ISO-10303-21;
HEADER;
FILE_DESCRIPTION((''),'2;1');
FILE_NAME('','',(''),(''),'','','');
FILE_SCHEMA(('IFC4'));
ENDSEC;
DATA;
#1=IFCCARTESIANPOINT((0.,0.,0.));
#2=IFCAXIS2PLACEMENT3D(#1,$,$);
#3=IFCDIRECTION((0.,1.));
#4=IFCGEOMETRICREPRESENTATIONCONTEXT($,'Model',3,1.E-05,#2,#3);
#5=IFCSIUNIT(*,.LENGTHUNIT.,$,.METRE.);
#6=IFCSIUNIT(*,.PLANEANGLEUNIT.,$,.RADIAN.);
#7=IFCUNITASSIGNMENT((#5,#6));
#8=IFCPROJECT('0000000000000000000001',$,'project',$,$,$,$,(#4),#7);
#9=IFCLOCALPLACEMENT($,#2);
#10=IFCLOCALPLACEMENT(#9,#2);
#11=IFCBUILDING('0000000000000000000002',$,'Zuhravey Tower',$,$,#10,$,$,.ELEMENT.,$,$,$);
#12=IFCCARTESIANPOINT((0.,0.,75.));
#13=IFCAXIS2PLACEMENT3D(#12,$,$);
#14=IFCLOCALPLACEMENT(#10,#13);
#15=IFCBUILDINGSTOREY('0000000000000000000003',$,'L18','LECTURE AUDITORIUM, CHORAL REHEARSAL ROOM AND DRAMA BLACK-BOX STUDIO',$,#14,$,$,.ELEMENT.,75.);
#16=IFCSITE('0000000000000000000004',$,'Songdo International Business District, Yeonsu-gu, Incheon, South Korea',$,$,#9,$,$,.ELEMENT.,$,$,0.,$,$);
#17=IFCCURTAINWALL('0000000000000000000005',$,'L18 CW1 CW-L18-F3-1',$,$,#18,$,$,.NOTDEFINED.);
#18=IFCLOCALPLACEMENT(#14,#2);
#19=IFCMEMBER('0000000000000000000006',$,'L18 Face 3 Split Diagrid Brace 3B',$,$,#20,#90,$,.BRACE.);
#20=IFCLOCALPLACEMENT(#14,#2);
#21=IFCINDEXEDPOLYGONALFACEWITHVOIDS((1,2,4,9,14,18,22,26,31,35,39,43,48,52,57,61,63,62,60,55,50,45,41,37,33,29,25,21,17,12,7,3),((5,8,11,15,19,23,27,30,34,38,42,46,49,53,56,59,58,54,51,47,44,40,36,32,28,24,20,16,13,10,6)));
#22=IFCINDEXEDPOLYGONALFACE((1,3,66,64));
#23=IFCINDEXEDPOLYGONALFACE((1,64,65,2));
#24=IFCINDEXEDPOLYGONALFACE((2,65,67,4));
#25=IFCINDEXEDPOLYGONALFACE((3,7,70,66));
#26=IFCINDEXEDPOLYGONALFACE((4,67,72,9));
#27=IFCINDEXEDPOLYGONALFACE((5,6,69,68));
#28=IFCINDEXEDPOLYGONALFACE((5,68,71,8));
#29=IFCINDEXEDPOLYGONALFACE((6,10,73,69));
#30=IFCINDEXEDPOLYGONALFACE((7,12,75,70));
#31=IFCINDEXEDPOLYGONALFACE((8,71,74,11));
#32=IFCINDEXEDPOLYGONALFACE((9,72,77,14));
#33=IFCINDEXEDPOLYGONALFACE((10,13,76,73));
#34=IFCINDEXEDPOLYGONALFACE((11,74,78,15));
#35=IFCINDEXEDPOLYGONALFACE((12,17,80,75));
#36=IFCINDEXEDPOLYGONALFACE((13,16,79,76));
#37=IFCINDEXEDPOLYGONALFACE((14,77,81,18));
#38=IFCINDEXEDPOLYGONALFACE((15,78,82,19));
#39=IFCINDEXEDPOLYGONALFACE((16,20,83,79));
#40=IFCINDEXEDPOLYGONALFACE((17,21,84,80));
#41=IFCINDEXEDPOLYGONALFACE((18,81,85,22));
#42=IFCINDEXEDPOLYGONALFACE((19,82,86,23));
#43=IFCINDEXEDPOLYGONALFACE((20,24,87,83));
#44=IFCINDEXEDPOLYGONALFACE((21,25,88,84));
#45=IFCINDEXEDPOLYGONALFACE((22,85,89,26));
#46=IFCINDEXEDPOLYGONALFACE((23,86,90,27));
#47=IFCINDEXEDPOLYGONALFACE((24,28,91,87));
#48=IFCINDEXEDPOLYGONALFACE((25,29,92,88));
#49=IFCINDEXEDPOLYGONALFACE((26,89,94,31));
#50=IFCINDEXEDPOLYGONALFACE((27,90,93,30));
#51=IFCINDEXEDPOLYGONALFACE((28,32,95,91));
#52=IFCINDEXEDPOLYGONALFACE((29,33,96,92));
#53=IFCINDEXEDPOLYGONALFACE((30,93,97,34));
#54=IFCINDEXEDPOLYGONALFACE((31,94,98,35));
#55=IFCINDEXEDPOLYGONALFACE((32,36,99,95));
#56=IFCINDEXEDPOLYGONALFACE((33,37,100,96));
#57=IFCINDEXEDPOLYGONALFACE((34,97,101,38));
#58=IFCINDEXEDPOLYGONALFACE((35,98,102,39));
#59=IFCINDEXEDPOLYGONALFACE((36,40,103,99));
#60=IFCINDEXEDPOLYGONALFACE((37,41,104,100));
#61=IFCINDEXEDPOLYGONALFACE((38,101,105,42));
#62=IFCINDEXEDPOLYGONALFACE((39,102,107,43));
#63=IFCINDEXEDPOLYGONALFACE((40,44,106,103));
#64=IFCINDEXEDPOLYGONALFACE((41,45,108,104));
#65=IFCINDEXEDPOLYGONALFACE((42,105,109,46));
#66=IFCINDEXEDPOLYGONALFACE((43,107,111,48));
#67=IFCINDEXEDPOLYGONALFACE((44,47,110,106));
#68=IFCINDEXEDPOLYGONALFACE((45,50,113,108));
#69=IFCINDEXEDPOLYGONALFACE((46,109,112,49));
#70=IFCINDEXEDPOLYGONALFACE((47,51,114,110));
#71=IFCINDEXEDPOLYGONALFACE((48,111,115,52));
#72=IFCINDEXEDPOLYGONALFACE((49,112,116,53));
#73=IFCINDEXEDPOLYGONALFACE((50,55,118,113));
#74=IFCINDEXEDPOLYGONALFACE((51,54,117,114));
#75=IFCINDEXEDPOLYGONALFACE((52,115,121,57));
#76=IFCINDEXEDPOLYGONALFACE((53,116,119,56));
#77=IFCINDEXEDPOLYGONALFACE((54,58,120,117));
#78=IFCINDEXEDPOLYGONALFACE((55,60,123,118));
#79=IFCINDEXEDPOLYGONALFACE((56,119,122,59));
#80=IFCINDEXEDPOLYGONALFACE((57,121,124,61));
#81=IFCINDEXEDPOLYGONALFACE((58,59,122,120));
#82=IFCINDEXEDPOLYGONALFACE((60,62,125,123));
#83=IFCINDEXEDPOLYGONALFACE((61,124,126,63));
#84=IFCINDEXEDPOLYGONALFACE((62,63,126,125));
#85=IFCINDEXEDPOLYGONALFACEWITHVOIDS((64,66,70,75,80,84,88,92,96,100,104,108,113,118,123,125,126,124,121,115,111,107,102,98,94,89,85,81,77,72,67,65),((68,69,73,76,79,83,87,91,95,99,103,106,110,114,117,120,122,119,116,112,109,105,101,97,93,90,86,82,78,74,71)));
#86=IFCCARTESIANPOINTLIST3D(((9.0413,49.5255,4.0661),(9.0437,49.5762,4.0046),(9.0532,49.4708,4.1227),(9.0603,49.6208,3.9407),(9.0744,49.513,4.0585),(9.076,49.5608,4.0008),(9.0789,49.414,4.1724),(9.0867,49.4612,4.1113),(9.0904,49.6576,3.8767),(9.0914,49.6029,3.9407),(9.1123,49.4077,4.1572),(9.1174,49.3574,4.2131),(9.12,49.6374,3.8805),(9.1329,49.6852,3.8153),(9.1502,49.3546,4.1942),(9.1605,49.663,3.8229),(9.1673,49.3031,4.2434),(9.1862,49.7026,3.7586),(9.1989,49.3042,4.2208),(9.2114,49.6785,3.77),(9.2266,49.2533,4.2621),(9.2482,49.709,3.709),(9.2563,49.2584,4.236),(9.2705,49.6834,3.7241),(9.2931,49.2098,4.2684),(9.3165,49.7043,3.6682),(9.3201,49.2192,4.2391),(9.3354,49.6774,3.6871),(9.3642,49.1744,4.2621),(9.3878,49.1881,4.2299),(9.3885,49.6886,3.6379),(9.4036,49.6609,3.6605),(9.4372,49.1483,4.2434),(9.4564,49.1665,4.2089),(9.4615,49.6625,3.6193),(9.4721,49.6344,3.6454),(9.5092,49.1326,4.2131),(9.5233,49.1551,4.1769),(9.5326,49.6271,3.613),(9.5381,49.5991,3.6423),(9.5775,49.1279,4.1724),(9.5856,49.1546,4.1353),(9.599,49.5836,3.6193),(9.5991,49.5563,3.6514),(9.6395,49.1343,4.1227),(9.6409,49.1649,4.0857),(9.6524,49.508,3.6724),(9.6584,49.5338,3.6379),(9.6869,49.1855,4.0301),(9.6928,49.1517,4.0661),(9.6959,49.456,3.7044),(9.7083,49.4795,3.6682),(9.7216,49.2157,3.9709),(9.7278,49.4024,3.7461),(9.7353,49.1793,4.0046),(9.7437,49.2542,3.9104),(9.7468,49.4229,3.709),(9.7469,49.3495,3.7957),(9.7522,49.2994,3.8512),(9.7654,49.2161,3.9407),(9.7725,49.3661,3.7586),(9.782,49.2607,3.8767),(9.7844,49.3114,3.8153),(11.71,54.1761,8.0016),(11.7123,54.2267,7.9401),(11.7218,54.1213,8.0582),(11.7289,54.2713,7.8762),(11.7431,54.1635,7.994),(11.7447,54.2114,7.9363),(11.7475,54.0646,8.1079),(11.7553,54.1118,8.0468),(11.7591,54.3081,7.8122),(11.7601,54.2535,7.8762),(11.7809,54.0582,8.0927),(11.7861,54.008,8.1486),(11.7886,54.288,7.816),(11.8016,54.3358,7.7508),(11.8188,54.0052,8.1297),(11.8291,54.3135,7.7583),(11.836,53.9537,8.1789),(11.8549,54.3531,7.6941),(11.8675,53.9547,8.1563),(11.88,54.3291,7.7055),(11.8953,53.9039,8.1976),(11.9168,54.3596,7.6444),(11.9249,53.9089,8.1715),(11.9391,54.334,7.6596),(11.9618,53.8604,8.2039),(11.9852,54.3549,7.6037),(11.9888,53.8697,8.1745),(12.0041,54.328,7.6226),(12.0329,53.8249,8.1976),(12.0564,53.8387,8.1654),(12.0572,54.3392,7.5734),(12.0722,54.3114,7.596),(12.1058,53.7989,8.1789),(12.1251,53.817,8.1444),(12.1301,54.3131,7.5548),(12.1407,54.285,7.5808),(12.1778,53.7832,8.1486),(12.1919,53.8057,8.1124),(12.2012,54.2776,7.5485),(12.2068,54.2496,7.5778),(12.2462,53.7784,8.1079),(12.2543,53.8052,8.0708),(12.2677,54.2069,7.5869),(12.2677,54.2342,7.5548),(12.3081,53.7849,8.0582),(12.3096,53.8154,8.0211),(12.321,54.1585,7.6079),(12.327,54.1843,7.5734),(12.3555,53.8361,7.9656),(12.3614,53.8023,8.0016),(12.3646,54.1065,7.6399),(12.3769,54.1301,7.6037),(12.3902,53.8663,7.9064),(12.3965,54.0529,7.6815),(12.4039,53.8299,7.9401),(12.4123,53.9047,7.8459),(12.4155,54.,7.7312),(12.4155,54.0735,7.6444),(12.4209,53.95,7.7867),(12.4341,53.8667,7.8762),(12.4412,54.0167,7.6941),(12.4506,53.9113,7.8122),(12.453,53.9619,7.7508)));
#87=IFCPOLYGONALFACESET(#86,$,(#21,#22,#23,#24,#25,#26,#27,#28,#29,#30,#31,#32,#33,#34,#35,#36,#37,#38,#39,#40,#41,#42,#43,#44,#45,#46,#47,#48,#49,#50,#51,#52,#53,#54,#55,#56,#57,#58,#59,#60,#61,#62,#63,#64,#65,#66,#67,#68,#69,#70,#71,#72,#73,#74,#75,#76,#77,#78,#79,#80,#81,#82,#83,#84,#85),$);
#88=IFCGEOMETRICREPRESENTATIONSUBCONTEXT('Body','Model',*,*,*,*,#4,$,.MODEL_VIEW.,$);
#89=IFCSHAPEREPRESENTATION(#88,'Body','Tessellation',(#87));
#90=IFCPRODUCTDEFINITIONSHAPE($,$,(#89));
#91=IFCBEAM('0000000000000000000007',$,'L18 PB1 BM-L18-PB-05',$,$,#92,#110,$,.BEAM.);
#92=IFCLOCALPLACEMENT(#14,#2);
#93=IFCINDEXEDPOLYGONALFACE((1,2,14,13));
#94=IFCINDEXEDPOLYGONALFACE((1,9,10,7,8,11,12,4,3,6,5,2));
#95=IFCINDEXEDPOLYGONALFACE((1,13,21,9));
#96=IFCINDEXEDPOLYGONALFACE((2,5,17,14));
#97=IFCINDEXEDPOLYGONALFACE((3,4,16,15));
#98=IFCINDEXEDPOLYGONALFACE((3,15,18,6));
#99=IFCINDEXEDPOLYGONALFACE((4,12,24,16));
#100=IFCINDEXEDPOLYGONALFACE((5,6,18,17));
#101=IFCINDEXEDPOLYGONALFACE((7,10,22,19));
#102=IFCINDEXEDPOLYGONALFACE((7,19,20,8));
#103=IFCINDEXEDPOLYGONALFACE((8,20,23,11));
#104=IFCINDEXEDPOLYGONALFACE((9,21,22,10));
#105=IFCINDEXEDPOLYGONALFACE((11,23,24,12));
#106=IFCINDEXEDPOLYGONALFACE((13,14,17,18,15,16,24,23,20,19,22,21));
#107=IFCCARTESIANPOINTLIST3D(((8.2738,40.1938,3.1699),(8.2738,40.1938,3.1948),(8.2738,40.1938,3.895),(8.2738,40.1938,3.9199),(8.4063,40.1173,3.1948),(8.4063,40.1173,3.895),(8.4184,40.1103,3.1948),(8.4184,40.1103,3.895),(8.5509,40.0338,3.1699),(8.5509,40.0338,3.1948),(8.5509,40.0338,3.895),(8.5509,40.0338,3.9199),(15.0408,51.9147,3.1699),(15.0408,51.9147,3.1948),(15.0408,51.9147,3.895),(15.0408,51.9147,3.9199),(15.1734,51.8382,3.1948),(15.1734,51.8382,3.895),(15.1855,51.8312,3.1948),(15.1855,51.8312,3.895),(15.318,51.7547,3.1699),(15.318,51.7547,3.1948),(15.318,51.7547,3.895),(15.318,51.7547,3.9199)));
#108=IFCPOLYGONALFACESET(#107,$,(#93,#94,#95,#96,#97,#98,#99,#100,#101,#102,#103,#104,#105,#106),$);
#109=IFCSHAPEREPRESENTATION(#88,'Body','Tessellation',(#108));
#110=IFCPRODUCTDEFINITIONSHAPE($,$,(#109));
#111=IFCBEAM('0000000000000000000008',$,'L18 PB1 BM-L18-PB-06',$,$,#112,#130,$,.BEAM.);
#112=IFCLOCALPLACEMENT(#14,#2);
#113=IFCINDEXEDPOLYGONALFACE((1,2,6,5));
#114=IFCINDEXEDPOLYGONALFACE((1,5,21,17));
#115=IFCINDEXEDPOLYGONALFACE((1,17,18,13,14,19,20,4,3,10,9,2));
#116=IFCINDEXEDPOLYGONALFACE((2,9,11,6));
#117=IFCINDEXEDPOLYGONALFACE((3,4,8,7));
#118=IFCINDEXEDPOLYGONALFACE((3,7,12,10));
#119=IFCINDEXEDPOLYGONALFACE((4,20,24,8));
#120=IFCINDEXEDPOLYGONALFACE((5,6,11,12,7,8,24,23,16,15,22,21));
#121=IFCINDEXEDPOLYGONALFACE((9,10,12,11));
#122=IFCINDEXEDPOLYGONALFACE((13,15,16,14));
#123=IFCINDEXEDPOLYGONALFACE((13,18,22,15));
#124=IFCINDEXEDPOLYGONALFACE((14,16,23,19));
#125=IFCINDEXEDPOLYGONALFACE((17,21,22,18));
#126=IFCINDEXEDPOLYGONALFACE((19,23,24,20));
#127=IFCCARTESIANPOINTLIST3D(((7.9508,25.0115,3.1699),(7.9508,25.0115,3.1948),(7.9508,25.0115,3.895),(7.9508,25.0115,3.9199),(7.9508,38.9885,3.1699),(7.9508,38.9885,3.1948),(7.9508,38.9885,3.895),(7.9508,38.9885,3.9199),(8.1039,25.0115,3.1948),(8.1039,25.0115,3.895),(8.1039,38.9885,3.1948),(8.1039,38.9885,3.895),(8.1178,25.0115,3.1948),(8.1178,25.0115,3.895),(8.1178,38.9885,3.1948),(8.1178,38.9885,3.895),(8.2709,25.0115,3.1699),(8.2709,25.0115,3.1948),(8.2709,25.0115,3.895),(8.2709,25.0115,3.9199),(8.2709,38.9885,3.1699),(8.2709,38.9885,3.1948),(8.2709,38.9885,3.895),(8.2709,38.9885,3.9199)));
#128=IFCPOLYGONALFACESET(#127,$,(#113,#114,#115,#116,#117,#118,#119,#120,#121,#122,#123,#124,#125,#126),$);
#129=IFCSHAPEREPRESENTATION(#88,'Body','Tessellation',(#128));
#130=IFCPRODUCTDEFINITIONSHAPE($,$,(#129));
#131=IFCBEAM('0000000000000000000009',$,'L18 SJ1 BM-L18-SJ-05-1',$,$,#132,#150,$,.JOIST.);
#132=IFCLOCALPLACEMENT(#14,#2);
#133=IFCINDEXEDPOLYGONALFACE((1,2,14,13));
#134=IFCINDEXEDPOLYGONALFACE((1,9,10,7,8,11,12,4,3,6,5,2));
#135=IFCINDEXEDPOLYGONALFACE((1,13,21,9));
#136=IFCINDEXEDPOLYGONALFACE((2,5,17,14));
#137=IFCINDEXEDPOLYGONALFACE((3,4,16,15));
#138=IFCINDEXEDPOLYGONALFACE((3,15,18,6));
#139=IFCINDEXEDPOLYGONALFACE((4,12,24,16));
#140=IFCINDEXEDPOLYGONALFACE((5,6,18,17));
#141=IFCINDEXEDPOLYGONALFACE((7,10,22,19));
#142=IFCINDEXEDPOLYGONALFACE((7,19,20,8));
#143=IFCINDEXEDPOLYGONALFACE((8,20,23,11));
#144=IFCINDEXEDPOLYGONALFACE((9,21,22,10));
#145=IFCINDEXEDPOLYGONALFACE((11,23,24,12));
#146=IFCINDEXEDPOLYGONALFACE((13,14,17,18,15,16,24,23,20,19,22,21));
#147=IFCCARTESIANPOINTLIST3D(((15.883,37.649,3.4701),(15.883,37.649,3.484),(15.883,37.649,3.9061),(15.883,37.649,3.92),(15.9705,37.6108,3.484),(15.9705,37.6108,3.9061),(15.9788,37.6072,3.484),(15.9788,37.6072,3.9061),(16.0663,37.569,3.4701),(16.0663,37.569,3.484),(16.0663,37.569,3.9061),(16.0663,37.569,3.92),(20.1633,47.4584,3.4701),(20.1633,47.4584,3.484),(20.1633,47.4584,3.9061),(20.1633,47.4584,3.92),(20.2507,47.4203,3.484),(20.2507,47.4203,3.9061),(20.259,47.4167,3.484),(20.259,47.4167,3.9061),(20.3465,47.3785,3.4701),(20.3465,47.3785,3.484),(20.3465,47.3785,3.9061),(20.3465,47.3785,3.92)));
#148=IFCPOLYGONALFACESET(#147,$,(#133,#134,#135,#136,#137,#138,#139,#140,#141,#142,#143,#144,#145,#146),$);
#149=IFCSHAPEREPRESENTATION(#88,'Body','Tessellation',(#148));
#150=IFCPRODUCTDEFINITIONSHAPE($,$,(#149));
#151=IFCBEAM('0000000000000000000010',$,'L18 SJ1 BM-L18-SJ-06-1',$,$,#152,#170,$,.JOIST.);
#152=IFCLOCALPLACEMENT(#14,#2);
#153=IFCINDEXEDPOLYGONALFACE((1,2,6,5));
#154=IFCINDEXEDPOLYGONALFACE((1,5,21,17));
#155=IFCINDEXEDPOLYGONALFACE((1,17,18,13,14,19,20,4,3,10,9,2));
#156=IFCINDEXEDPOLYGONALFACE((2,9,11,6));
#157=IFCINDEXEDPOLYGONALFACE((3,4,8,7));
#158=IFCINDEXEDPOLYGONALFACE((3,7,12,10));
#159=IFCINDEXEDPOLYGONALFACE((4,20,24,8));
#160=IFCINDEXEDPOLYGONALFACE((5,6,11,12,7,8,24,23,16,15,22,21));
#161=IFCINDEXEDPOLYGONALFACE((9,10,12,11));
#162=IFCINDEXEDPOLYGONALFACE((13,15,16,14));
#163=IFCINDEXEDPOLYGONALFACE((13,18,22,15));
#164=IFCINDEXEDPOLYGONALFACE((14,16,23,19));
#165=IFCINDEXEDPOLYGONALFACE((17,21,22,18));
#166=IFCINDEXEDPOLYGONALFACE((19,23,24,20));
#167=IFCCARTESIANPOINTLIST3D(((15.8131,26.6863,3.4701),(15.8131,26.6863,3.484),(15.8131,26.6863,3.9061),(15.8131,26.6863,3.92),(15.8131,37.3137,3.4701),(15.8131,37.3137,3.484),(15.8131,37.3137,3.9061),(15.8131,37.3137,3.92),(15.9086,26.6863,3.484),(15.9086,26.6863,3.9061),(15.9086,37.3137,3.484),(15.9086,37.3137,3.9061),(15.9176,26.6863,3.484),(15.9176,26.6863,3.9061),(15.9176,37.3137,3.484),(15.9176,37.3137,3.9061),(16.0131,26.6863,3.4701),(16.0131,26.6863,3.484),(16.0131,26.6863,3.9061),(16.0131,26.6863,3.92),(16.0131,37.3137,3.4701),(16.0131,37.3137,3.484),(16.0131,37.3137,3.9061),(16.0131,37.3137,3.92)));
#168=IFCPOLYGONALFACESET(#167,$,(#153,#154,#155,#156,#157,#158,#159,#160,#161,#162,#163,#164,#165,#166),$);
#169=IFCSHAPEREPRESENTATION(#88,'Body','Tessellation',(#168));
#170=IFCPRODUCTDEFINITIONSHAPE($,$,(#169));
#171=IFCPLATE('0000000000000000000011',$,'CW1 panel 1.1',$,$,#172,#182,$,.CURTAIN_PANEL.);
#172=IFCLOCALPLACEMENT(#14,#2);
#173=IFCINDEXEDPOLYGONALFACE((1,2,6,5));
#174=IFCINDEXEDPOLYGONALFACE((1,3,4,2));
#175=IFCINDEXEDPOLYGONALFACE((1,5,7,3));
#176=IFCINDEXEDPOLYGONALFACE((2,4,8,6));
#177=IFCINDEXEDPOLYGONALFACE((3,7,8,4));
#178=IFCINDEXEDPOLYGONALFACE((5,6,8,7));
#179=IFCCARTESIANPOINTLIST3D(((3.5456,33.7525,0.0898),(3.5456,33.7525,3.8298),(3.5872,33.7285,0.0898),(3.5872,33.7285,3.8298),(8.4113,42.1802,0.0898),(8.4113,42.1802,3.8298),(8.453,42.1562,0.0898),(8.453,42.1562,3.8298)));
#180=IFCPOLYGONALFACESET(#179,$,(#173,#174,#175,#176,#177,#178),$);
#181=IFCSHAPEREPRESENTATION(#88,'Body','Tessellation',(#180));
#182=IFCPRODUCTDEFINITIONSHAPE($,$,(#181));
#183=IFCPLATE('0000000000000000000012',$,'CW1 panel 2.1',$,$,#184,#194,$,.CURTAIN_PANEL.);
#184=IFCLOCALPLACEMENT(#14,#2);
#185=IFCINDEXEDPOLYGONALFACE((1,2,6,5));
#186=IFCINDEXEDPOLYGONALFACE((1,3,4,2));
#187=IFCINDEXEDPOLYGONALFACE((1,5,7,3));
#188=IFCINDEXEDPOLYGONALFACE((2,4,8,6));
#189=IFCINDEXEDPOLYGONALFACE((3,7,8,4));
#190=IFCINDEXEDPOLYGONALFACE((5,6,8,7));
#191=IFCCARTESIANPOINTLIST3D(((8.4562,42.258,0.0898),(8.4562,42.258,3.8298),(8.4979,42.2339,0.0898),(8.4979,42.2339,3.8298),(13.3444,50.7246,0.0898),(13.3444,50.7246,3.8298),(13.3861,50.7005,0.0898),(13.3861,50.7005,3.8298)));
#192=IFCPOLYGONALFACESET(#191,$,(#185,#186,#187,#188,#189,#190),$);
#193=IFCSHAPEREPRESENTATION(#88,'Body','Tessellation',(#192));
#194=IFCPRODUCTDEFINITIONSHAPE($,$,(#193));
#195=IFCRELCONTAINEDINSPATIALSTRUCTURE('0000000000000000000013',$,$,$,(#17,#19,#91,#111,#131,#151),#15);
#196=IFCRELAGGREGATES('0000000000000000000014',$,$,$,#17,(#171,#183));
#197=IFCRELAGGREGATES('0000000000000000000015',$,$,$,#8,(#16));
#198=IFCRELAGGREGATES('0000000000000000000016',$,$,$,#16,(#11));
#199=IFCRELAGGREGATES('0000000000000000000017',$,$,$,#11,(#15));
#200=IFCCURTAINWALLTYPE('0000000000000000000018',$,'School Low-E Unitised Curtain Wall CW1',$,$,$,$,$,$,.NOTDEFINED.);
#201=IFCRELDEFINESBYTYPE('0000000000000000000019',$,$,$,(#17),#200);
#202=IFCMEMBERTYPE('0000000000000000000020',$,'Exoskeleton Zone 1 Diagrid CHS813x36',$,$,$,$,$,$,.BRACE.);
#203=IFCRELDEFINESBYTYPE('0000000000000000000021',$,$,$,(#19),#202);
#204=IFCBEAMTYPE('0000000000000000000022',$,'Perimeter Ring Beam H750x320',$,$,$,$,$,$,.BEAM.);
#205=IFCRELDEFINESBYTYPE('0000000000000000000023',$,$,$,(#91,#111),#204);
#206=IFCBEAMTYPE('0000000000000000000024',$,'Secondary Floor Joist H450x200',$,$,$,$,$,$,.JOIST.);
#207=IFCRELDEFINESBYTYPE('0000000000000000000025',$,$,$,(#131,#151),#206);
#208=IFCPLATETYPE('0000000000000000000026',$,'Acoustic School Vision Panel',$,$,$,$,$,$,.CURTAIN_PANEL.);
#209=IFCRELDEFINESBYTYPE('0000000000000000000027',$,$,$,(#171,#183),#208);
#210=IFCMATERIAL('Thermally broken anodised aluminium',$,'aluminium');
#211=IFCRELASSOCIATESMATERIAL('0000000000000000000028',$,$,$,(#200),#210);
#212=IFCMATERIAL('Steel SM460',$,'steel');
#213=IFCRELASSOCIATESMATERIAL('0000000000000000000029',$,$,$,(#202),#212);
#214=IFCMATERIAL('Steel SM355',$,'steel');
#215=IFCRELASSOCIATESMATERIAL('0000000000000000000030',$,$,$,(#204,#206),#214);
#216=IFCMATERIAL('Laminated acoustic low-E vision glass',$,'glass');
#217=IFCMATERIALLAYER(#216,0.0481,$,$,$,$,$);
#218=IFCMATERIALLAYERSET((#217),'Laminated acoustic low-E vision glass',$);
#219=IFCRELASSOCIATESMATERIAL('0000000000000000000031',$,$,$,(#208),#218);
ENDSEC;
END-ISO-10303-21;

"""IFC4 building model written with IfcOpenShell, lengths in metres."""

from ifc_helpers import new_model, si_unit, direction, frame, origin, origin_2d, place, context, subcontext, project, spatial, rectangle, hollow_circle, i_section, extrude, material, layer, layer_set, material_profile, profile_set, type_object, element, aggregate, save


model = new_model("IFC4")

# Units and contexts
model_context = context("Model", 3, precision=1e-05, world=origin(), true_north=direction((0.0, 1.0)))
body_context = subcontext(model_context, "Body", "Model", "MODEL_VIEW")
ifc_project = project(units=[si_unit("LENGTHUNIT", "METRE"), si_unit("PLANEANGLEUNIT", "RADIAN")], contexts=[model_context])

# Site, building, storey
site_placement = place(None, origin())
site = spatial("IfcSite", under=ifc_project, at=site_placement, Name="Songdo International Business District, Yeonsu-gu, Incheon, South Korea", CompositionType="ELEMENT", RefElevation=0.0)
building_placement = place(site_placement, origin())
building = spatial("IfcBuilding", under=site, at=building_placement, Name="Zuhravey Tower", CompositionType="ELEMENT")
storey_placement = place(building_placement, frame((0.0, 0.0, 75.0)))
storey = spatial("IfcBuildingStorey", under=building, at=storey_placement, Name="L18", Description="LECTURE AUDITORIUM, CHORAL REHEARSAL ROOM AND DRAMA BLACK-BOX STUDIO", CompositionType="ELEMENT", Elevation=75.0)

# Curtain wall
ifc_material_1 = material(Name="Thermally broken anodised aluminium", Category="aluminium")
curtain_wall_type = type_object("IfcCurtainWallType", Name="School Low-E Unitised Curtain Wall CW1", PredefinedType="NOTDEFINED", material=ifc_material_1)
curtain_wall_1_placement = place(storey_placement, origin())
curtain_wall_1 = element("IfcCurtainWall", 1, at=curtain_wall_1_placement, inside=storey, type_object=curtain_wall_type, Name="L18 CW1 CW-L18-F3-1", PredefinedType="NOTDEFINED")

# Member
ifc_material_2 = material(Name="Steel SM355", Category="steel")
ifc_material_3 = material(Name="Steel SM460", Category="steel")
ifc_material_profile_1 = material_profile(ifc_material_3, hollow_circle(Radius=0.4065, WallThickness=0.0359, at=origin_2d()), Name="CHS-812.8x36")
ifc_profile_set_1 = profile_set([ifc_material_profile_1], Name="Steel SM460")
member_type_1 = type_object("IfcMemberType", Name="Exoskeleton Zone 1 Diagrid CHS813x36", PredefinedType="BRACE", material=ifc_profile_set_1)
member_1_placement = place(storey_placement, frame((9.4128, 49.4185, 3.9407), z_axis=(0.401234, 0.699214, 0.591702), x_axis=(-0.867342, 0.497712, 0.0)))
element("IfcMember", 2, at=member_1_placement, inside=storey, type_object=member_type_1, Name="L18 Face 3 Split Diagrid Brace 3B", PredefinedType="BRACE", context=body_context, shape_type="SweptSolid", body=[
    extrude(hollow_circle(Radius=0.4065, WallThickness=0.0359, at=origin_2d()), origin(), (0.0, 0.0, 1.0), 6.6511),
])

# Beams
ifc_material_profile_2 = material_profile(ifc_material_2, i_section(OverallWidth=0.3201, OverallDepth=0.75, WebThickness=0.0139, FlangeThickness=0.0249, at=origin_2d()), Name="H-750x320x14x25")
ifc_profile_set_2 = profile_set([ifc_material_profile_2], Name="Steel SM355")
beam_type_1 = type_object("IfcBeamType", Name="Perimeter Ring Beam H750x320", PredefinedType="BEAM", material=ifc_profile_set_2)
beam_1_placement = place(storey_placement, frame((15.1794, 51.8347, 3.5449), z_axis=(-0.5, -0.866025, 0.0), x_axis=(0.866025, -0.5, 0.0)))
element("IfcBeam", 3, at=beam_1_placement, inside=storey, type_object=beam_type_1, Name="L18 PB1 BM-L18-PB-05", PredefinedType="BEAM", context=body_context, shape_type="SweptSolid", body=[
    extrude(i_section(OverallWidth=0.3201, OverallDepth=0.75, WebThickness=0.0139, FlangeThickness=0.0249, at=origin_2d()), origin(), (0.0, 0.0, 1.0), 13.5342),
])
beam_2_placement = place(storey_placement, frame((8.1108, 38.9885, 3.5449), z_axis=(0.0, -1.0, 0.0), x_axis=(1.0, 0.0, 0.0)))
element("IfcBeam", 4, at=beam_2_placement, inside=storey, type_object=beam_type_1, Name="L18 PB1 BM-L18-PB-06", PredefinedType="BEAM", context=body_context, shape_type="SweptSolid", body=[
    extrude(i_section(OverallWidth=0.3201, OverallDepth=0.75, WebThickness=0.0139, FlangeThickness=0.0249, at=origin_2d()), origin(), (0.0, 0.0, 1.0), 13.9771),
])
ifc_material_profile_3 = material_profile(ifc_material_2, i_section(OverallWidth=0.2, OverallDepth=0.45, WebThickness=0.009, FlangeThickness=0.0139, at=origin_2d()), Name="H-450x200x9x14")
ifc_profile_set_3 = profile_set([ifc_material_profile_3], Name="Steel SM355")
beam_type_2 = type_object("IfcBeamType", Name="Secondary Floor Joist H450x200", PredefinedType="JOIST", material=ifc_profile_set_3)
beam_3_placement = place(storey_placement, frame((20.2549, 47.4185, 3.6951), z_axis=(-0.399924, -0.916549, 0.0), x_axis=(0.916549, -0.399924, 0.0)))
element("IfcBeam", 5, at=beam_3_placement, inside=storey, type_object=beam_type_2, Name="L18 SJ1 BM-L18-SJ-05-1", PredefinedType="JOIST", context=body_context, shape_type="SweptSolid", body=[
    extrude(i_section(OverallWidth=0.2, OverallDepth=0.45, WebThickness=0.009, FlangeThickness=0.0139, at=origin_2d()), origin(), (0.0, 0.0, 1.0), 10.7026),
])
beam_4_placement = place(storey_placement, frame((15.9131, 37.3137, 3.6951), z_axis=(0.0, -1.0, 0.0), x_axis=(1.0, 0.0, 0.0)))
element("IfcBeam", 6, at=beam_4_placement, inside=storey, type_object=beam_type_2, Name="L18 SJ1 BM-L18-SJ-06-1", PredefinedType="JOIST", context=body_context, shape_type="SweptSolid", body=[
    extrude(i_section(OverallWidth=0.2, OverallDepth=0.45, WebThickness=0.009, FlangeThickness=0.0139, at=origin_2d()), origin(), (0.0, 0.0, 1.0), 10.6274),
])

# Plates
ifc_material_4 = material(Name="Laminated acoustic low-E vision glass", Category="glass")
ifc_layer_1 = layer(ifc_material_4, 0.0481)
ifc_layer_set_1 = layer_set([ifc_layer_1], Name="Laminated acoustic low-E vision glass")
plate_type_1 = type_object("IfcPlateType", Name="Acoustic School Vision Panel", PredefinedType="CURTAIN_PANEL", material=ifc_layer_set_1)
plate_1_placement = place(storey_placement, frame((5.9993, 37.9543, 0.0898), z_axis=(0.0, 0.0, 1.0), x_axis=(0.5, 0.866026, 0.0)))
plate_1 = element("IfcPlate", 7, at=plate_1_placement, type_object=plate_type_1, Name="CW1 panel 1.1", PredefinedType="CURTAIN_PANEL", context=body_context, shape_type="SweptSolid", body=[
    extrude(rectangle(XDim=9.7314, YDim=0.0481, at=origin_2d()), origin(), (0.0, 0.0, 1.0), 3.74),
])
plate_2_placement = place(storey_placement, frame((10.9211, 46.4792, 0.0898), z_axis=(0.0, 0.0, 1.0), x_axis=(0.5, 0.866026, 0.0)))
plate_2 = element("IfcPlate", 8, at=plate_2_placement, type_object=plate_type_1, Name="CW1 panel 2.1", PredefinedType="CURTAIN_PANEL", context=body_context, shape_type="SweptSolid", body=[
    extrude(rectangle(XDim=9.7764, YDim=0.0481, at=origin_2d()), origin(), (0.0, 0.0, 1.0), 3.74),
])
aggregate(curtain_wall_1, [plate_1, plate_2])

save(model, "model.ifc")
